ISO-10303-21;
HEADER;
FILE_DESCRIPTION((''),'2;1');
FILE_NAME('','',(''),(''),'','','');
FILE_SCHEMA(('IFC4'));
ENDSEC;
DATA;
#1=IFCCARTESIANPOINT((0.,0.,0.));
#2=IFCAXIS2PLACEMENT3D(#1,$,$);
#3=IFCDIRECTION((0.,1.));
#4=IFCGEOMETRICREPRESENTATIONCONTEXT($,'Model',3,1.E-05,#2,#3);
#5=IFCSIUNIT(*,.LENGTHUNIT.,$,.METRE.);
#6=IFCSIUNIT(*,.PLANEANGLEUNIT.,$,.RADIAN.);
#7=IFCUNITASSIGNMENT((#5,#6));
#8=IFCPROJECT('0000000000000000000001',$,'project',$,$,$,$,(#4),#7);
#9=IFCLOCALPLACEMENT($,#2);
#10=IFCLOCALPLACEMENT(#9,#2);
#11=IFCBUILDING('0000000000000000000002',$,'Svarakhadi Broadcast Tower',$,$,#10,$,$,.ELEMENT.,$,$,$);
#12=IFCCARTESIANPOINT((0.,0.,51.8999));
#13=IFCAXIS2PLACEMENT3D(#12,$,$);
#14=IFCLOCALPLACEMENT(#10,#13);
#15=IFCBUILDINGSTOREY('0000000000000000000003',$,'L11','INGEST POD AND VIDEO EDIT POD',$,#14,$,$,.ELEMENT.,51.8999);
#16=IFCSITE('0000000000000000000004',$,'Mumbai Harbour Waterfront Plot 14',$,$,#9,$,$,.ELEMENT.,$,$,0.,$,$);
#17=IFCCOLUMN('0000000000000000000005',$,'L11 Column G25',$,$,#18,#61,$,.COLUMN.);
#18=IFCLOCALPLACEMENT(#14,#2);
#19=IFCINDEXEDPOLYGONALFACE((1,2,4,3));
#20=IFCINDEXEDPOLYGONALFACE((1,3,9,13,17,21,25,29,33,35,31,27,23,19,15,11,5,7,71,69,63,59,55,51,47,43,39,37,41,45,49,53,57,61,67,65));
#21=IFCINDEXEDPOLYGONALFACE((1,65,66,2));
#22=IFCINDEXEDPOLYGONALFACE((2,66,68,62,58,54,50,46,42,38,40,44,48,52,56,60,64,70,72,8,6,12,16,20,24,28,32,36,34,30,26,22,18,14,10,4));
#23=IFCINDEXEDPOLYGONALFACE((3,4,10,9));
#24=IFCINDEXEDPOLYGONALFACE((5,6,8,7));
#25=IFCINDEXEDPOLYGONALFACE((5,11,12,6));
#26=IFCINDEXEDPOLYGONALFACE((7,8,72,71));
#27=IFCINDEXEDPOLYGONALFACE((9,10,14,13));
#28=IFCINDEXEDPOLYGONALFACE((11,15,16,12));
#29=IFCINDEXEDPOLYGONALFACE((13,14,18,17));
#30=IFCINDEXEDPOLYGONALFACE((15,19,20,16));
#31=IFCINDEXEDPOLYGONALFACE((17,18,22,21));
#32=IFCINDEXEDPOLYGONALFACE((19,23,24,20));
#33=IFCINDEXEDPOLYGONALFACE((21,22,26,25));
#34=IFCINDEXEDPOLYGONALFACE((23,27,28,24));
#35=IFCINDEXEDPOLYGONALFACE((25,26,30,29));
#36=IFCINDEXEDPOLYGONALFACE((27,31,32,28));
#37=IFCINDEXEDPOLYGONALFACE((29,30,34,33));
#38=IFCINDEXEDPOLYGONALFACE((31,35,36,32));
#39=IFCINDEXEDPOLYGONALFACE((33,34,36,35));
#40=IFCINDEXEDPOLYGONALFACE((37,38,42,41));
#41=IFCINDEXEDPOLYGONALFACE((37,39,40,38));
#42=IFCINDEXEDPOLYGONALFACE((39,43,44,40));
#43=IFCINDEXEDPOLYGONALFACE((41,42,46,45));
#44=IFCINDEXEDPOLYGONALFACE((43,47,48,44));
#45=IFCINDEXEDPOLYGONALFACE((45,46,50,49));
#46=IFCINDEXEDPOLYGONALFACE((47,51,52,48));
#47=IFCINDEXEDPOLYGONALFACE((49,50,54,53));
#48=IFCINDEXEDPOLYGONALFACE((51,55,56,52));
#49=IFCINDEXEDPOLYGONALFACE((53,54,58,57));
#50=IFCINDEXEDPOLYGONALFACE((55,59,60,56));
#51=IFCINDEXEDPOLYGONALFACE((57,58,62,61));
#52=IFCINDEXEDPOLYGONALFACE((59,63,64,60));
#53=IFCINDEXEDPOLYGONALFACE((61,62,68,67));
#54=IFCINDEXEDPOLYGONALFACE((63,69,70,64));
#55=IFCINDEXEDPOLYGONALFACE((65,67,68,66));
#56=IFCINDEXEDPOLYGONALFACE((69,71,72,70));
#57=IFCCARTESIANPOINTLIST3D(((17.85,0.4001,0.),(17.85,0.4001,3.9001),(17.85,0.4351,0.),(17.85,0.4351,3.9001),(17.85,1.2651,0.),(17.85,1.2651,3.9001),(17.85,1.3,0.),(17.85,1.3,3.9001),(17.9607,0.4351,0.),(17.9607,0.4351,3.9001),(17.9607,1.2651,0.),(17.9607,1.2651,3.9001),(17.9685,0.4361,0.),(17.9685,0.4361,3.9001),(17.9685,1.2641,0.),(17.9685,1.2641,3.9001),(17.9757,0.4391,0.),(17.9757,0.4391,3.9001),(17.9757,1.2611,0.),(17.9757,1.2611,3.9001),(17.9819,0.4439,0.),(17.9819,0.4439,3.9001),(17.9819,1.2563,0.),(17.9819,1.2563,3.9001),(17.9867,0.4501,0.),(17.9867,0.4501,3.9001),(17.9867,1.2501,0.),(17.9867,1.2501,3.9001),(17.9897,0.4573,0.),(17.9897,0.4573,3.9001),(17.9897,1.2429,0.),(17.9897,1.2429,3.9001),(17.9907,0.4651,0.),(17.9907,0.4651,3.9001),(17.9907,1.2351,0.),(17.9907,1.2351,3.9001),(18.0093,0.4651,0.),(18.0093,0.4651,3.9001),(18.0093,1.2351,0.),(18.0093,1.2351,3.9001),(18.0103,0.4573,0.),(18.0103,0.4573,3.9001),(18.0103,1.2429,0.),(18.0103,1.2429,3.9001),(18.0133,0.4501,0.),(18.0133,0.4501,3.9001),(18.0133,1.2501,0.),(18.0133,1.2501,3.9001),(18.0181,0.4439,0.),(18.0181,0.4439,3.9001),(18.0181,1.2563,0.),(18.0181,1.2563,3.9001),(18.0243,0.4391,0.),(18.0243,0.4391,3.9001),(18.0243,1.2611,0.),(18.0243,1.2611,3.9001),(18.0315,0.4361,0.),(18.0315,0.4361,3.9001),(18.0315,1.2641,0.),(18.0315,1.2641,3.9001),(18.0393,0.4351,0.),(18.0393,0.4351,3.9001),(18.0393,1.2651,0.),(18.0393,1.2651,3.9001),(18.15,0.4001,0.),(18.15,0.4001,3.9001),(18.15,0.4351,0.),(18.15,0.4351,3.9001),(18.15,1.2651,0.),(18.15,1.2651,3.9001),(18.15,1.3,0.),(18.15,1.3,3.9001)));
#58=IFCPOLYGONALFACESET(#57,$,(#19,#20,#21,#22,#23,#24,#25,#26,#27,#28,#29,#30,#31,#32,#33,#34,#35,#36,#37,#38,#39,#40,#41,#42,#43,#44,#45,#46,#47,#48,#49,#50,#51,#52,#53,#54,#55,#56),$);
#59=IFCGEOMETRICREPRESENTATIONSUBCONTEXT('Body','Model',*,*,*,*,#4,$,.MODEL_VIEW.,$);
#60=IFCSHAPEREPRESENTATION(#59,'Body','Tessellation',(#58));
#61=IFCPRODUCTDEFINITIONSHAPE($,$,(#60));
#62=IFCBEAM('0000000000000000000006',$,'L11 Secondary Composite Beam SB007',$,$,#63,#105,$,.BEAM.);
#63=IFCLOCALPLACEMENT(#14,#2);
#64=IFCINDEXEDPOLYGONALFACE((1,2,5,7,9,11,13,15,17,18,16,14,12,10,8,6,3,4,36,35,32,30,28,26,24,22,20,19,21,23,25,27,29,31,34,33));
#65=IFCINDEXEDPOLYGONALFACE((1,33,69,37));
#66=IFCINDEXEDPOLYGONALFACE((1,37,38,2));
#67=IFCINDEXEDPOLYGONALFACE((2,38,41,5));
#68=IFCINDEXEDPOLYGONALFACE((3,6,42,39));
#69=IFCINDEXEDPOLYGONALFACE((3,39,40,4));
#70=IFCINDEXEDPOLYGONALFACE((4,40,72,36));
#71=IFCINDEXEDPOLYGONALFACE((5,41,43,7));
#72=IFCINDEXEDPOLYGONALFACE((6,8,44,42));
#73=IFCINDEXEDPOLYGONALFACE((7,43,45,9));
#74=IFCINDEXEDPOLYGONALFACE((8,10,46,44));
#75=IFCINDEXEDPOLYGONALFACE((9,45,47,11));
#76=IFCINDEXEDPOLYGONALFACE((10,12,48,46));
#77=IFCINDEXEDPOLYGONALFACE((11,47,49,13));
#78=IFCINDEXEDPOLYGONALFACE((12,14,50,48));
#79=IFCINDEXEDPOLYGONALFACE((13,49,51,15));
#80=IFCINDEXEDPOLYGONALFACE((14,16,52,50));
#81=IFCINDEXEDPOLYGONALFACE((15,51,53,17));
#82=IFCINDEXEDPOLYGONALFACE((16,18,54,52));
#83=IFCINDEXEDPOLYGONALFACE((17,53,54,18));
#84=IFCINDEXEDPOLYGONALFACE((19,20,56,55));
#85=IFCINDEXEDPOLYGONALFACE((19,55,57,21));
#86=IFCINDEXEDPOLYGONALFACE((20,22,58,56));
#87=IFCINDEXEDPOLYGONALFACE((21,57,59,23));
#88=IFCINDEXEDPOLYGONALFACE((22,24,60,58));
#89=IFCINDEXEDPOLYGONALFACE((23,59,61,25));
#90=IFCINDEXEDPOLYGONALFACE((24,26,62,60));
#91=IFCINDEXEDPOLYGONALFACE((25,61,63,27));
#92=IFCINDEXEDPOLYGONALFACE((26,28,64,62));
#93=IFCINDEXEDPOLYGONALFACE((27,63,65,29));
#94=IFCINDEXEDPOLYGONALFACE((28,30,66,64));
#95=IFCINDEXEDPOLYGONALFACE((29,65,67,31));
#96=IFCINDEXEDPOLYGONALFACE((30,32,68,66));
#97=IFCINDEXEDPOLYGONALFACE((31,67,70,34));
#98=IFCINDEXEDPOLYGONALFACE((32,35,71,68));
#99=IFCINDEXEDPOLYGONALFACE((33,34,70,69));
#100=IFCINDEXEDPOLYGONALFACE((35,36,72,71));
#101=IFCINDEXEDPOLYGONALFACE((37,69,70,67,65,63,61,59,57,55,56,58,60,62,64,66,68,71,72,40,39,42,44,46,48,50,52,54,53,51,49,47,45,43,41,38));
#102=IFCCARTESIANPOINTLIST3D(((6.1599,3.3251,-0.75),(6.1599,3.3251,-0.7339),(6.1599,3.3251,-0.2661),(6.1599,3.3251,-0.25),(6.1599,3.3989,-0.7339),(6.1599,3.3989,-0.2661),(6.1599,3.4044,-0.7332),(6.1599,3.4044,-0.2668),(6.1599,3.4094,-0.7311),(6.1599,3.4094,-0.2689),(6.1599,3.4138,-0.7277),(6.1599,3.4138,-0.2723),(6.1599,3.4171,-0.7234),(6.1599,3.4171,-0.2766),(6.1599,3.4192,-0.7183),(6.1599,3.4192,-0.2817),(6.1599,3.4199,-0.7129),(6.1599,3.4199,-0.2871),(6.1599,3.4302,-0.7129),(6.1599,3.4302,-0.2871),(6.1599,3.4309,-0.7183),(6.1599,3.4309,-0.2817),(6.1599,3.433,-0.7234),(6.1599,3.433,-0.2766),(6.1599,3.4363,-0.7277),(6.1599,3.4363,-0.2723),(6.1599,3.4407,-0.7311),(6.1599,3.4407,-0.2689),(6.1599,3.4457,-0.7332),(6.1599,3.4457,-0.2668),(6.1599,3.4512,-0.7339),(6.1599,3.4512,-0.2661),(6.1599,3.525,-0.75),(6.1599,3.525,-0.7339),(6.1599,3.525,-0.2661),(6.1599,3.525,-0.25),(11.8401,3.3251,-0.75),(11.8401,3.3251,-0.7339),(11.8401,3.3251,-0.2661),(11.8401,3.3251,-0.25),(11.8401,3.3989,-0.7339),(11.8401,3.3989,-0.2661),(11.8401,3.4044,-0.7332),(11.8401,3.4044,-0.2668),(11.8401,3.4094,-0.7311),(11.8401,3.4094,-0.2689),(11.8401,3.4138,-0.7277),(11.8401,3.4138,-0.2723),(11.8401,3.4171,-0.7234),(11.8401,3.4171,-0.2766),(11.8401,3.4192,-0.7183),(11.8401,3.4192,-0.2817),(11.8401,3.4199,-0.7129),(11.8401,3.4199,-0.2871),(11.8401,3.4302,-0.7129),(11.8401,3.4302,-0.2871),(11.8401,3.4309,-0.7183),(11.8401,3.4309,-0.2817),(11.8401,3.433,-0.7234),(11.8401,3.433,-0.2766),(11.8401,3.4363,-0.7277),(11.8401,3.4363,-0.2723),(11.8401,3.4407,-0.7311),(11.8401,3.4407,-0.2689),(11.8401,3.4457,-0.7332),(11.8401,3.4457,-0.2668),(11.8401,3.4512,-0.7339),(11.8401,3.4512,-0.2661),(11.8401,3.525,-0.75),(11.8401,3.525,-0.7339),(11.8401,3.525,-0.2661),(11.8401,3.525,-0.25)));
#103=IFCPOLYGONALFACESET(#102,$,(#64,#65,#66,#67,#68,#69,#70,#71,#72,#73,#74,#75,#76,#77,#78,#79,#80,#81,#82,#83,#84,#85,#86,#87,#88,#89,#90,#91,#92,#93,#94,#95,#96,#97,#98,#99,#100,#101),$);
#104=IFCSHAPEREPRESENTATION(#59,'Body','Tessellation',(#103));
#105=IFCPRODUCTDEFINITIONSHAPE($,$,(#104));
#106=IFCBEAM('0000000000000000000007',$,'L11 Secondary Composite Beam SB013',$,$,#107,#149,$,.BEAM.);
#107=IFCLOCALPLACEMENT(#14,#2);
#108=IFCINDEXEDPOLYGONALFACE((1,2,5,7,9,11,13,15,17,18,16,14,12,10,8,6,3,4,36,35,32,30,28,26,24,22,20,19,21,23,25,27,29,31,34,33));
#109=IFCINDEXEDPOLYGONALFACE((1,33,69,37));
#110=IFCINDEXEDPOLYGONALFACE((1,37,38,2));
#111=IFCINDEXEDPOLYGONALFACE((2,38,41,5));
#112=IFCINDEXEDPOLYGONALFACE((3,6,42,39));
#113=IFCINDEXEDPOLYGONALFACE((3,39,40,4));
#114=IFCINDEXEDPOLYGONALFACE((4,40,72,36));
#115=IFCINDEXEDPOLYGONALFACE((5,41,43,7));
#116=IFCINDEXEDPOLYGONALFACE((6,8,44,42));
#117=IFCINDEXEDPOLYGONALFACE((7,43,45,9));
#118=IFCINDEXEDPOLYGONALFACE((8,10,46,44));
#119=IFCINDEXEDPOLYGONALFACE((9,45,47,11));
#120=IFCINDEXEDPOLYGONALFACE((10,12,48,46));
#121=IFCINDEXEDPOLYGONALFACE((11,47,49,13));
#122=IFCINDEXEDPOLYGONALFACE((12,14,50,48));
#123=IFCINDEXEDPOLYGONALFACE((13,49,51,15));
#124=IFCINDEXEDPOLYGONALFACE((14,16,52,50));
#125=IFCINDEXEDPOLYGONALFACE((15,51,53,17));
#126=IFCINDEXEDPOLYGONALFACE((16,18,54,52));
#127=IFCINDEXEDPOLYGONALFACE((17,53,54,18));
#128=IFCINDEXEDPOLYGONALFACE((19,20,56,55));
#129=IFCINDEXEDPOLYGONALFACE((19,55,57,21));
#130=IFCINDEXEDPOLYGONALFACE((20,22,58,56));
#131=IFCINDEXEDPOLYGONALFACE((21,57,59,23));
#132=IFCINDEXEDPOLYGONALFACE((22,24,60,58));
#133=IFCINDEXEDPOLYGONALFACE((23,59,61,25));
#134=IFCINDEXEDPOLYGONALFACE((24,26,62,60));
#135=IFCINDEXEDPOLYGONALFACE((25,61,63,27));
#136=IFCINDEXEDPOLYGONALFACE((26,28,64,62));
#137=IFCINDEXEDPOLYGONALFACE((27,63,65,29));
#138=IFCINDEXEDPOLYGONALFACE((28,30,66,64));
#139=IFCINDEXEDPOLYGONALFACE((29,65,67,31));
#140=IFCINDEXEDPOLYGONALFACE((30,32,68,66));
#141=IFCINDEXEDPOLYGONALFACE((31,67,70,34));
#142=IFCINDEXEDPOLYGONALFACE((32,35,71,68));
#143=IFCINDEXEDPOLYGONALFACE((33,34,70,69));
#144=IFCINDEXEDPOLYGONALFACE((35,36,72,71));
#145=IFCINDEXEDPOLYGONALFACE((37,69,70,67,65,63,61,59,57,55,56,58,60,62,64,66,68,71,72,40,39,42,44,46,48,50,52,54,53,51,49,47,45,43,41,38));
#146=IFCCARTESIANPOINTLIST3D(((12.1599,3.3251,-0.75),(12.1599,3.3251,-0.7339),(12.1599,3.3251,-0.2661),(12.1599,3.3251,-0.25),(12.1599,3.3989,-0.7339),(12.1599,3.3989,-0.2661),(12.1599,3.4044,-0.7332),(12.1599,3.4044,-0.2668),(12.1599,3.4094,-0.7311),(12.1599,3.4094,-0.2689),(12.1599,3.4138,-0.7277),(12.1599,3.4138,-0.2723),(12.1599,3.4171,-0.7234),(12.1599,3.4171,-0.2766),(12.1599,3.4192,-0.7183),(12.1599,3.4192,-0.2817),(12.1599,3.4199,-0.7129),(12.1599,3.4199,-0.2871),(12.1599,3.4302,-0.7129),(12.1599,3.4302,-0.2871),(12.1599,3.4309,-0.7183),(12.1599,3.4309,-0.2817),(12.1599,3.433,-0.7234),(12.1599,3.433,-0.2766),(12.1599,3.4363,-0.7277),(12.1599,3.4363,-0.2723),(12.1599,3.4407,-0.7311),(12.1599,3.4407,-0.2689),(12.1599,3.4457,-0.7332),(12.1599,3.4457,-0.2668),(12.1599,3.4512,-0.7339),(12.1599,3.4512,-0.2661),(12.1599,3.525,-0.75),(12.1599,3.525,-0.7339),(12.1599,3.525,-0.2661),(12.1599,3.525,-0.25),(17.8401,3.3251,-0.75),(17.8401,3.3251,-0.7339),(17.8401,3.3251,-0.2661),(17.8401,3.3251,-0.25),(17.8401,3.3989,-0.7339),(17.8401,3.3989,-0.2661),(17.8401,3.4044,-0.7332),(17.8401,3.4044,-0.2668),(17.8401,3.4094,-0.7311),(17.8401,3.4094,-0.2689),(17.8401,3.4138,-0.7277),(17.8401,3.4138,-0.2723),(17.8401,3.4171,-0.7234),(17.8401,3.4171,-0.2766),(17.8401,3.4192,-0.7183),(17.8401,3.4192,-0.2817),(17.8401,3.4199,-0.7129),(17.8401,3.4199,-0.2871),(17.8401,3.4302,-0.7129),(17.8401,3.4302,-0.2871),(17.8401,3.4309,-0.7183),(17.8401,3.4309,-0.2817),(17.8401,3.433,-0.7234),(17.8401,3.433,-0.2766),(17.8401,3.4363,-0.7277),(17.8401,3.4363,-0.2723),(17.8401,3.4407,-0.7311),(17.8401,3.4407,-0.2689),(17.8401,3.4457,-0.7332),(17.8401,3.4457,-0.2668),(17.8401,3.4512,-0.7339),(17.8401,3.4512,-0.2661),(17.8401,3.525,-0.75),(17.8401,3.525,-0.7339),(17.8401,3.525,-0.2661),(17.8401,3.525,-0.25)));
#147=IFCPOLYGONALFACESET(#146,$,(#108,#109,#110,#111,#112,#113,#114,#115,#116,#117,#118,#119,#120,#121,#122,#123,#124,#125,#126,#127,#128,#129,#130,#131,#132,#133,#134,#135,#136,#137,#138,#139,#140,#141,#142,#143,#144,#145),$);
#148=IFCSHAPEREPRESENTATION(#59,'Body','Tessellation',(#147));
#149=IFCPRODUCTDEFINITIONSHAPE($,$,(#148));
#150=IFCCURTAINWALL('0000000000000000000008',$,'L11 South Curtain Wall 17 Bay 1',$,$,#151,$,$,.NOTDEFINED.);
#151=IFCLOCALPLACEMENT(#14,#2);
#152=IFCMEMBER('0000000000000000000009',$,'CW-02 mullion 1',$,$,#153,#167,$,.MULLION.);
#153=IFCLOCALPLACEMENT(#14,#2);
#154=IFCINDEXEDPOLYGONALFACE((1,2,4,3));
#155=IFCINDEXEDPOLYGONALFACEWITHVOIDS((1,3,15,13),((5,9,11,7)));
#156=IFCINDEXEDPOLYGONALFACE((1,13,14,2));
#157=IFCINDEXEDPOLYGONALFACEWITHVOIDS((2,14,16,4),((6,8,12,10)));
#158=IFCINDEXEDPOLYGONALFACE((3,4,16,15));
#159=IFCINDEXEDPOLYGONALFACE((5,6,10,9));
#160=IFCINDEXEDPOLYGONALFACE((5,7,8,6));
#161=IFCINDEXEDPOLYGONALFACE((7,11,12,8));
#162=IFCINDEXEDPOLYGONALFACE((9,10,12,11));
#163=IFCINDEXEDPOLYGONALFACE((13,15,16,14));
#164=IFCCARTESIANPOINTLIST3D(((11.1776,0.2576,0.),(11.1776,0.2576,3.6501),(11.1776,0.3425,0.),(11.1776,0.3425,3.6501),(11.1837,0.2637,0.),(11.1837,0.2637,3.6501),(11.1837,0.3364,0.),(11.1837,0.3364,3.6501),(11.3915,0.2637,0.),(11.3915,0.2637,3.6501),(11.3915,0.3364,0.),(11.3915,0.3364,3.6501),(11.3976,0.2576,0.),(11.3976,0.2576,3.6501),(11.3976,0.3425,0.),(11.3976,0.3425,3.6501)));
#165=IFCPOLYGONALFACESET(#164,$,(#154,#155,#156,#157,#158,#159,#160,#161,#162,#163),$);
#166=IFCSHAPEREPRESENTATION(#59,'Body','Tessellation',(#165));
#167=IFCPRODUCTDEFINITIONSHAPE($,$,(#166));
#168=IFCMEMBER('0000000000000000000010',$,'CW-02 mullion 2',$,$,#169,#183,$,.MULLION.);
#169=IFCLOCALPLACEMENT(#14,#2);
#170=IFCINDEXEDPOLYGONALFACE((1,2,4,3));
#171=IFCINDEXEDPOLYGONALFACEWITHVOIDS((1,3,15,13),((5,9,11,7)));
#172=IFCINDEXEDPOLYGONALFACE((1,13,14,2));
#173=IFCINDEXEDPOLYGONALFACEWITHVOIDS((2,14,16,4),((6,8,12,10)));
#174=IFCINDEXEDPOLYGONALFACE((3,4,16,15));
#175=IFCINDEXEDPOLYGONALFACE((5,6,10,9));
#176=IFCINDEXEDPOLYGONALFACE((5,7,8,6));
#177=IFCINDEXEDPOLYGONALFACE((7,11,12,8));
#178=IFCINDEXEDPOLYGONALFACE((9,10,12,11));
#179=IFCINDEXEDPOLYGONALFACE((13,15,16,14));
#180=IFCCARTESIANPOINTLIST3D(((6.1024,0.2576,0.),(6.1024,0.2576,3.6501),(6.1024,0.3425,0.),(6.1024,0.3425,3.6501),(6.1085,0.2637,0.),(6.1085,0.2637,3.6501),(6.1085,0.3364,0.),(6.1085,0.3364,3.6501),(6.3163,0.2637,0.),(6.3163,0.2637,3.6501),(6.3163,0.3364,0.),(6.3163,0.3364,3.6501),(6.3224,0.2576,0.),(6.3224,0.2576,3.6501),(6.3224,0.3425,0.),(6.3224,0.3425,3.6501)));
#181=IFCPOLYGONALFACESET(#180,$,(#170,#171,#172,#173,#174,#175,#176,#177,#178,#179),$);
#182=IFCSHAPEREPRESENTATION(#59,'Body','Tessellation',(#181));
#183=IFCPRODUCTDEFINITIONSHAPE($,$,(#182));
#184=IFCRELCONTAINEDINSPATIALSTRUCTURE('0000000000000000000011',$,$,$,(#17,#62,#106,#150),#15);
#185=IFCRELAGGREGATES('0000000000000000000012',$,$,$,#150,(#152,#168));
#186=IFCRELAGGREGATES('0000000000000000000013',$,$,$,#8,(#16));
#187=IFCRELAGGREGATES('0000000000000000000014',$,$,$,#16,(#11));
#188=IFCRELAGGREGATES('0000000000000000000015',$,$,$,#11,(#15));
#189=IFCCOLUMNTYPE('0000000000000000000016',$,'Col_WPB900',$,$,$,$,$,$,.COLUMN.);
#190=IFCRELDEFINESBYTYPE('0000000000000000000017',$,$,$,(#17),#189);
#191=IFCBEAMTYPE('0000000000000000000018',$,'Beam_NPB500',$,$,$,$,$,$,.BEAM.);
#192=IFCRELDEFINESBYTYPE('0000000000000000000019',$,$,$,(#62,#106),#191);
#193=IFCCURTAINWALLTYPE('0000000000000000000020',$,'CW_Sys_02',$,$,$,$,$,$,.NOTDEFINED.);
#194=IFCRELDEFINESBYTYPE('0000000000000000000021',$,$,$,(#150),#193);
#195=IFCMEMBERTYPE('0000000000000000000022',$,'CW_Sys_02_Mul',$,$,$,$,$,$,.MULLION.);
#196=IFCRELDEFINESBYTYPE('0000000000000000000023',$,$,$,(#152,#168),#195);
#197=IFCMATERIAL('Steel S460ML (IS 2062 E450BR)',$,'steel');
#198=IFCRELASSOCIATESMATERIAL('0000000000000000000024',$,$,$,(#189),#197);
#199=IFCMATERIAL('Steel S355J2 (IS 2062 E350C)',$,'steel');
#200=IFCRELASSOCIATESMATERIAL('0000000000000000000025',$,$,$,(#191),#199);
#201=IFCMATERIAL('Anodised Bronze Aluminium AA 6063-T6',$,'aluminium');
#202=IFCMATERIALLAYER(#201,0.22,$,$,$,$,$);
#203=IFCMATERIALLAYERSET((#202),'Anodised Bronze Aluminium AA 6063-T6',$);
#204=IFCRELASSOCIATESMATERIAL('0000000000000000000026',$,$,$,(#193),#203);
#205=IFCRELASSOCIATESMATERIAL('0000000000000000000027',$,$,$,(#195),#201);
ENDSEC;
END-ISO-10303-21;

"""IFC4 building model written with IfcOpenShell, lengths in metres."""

from ifc_helpers import new_model, si_unit, direction, frame, origin, origin_2d, place, context, subcontext, project, spatial, hollow_rectangle, i_section, extrude, material, layer, layer_set, material_profile, profile_set, type_object, element, aggregate, save


model = new_model("IFC4")

# Units and contexts
model_context = context("Model", 3, precision=1e-05, world=origin(), true_north=direction((0.0, 1.0)))
body_context = subcontext(model_context, "Body", "Model", "MODEL_VIEW")
ifc_project = project(units=[si_unit("LENGTHUNIT", "METRE"), si_unit("PLANEANGLEUNIT", "RADIAN")], contexts=[model_context])

# Site, building, storey
site_placement = place(None, origin())
site = spatial("IfcSite", under=ifc_project, at=site_placement, Name="Mumbai Harbour Waterfront Plot 14", CompositionType="ELEMENT", RefElevation=0.0)
building_placement = place(site_placement, origin())
building = spatial("IfcBuilding", under=site, at=building_placement, Name="Svarakhadi Broadcast Tower", CompositionType="ELEMENT")
storey_placement = place(building_placement, frame((0.0, 0.0, 51.8999)))
storey = spatial("IfcBuildingStorey", under=building, at=storey_placement, Name="L11", Description="INGEST POD AND VIDEO EDIT POD", CompositionType="ELEMENT", Elevation=51.8999)

# Column
ifc_material_1 = material(Name="Steel S460ML (IS 2062 E450BR)", Category="steel")
ifc_material_profile_1 = material_profile(ifc_material_1, i_section(OverallWidth=0.3, OverallDepth=0.8999, WebThickness=0.0186, FlangeThickness=0.0349, FilletRadius=0.03, at=origin_2d()), Name="WPB 900x300x291")
ifc_profile_set_1 = profile_set([ifc_material_profile_1], Name="Steel S460ML (IS 2062 E450BR)")
column_type_1 = type_object("IfcColumnType", Name="Col_WPB900", PredefinedType="COLUMN", material=ifc_profile_set_1)
column_placement = place(storey_placement, frame((18.0, 0.8501, 0.0), z_axis=(0.0, 0.0, 1.0), x_axis=(1.0, 0.0, 0.0)))
element("IfcColumn", 1, at=column_placement, inside=storey, type_object=column_type_1, Name="L11 Column G25", PredefinedType="COLUMN", context=body_context, shape_type="SweptSolid", body=[
    extrude(i_section(OverallWidth=0.3, OverallDepth=0.8999, WebThickness=0.0186, FlangeThickness=0.0349, FilletRadius=0.03, at=origin_2d()), origin(), (0.0, 0.0, 1.0), 3.9001),
])

# Beams
ifc_material_2 = material(Name="Steel S355J2 (IS 2062 E350C)", Category="steel")
ifc_material_profile_2 = material_profile(ifc_material_2, i_section(OverallWidth=0.2, OverallDepth=0.5, WebThickness=0.0103, FlangeThickness=0.0161, FilletRadius=0.021, at=origin_2d()), Name="NPB 500x200x91")
ifc_profile_set_2 = profile_set([ifc_material_profile_2], Name="Steel S355J2 (IS 2062 E350C)")
beam_type_1 = type_object("IfcBeamType", Name="Beam_NPB500", PredefinedType="BEAM", material=ifc_profile_set_2)
for number, where, z_axis, x_axis, name in (
    (2, (6.1599, 3.425, -0.5), (1.0, 0.0, 0.0), (0.0, 1.0, 0.0), "L11 Secondary Composite Beam SB007"),
    (3, (12.1599, 3.425, -0.5), (1.0, 0.0, 0.0), (0.0, 1.0, 0.0), "L11 Secondary Composite Beam SB013"),
):
    element("IfcBeam", number, at=place(storey_placement, frame(where, z_axis=z_axis, x_axis=x_axis)), inside=storey, type_object=beam_type_1, Name=name, PredefinedType="BEAM", context=body_context, shape_type="SweptSolid", body=[
        extrude(i_section(OverallWidth=0.2, OverallDepth=0.5, WebThickness=0.0103, FlangeThickness=0.0161, FilletRadius=0.021, at=origin_2d()), origin(), (0.0, 0.0, 1.0), 5.6802),
    ])

# Curtain wall, members
ifc_material_3 = material(Name="Anodised Bronze Aluminium AA 6063-T6", Category="aluminium")
ifc_layer_1 = layer(ifc_material_3, 0.22)
ifc_layer_set_1 = layer_set([ifc_layer_1], Name="Anodised Bronze Aluminium AA 6063-T6")
curtain_wall_type = type_object("IfcCurtainWallType", Name="CW_Sys_02", PredefinedType="NOTDEFINED", material=ifc_layer_set_1)
curtain_wall_placement = place(storey_placement, origin())
curtain_wall = element("IfcCurtainWall", 4, at=curtain_wall_placement, inside=storey, type_object=curtain_wall_type, Name="L11 South Curtain Wall 17 Bay 1", PredefinedType="NOTDEFINED")
ifc_material_profile_3 = material_profile(ifc_material_3, hollow_rectangle(XDim=0.085, YDim=0.22, WallThickness=0.0061, at=origin_2d()), Name="ALU MULLION 220x85x6")
ifc_profile_set_3 = profile_set([ifc_material_profile_3], Name="Anodised Bronze Aluminium AA 6063-T6")
member_type_1 = type_object("IfcMemberType", Name="CW_Sys_02_Mul", PredefinedType="MULLION", material=ifc_profile_set_3)
member_1_placement = place(storey_placement, frame((11.2876, 0.3, 0.0), z_axis=(0.0, 0.0, 1.0), x_axis=(0.0, -1.0, 0.0)))
member_1 = element("IfcMember", 5, at=member_1_placement, type_object=member_type_1, Name="CW-02 mullion 1", PredefinedType="MULLION", context=body_context, shape_type="SweptSolid", body=[
    extrude(hollow_rectangle(XDim=0.085, YDim=0.22, WallThickness=0.0061, at=origin_2d()), origin(), (0.0, 0.0, 1.0), 3.6501),
])
member_2_placement = place(storey_placement, frame((6.2124, 0.3, 0.0), z_axis=(0.0, 0.0, 1.0), x_axis=(0.0, -1.0, 0.0)))
member_2 = element("IfcMember", 6, at=member_2_placement, type_object=member_type_1, Name="CW-02 mullion 2", PredefinedType="MULLION", context=body_context, shape_type="SweptSolid", body=[
    extrude(hollow_rectangle(XDim=0.085, YDim=0.22, WallThickness=0.0061, at=origin_2d()), origin(), (0.0, 0.0, 1.0), 3.6501),
])

aggregate(curtain_wall, [member_1, member_2])

save(model, "model.ifc")
